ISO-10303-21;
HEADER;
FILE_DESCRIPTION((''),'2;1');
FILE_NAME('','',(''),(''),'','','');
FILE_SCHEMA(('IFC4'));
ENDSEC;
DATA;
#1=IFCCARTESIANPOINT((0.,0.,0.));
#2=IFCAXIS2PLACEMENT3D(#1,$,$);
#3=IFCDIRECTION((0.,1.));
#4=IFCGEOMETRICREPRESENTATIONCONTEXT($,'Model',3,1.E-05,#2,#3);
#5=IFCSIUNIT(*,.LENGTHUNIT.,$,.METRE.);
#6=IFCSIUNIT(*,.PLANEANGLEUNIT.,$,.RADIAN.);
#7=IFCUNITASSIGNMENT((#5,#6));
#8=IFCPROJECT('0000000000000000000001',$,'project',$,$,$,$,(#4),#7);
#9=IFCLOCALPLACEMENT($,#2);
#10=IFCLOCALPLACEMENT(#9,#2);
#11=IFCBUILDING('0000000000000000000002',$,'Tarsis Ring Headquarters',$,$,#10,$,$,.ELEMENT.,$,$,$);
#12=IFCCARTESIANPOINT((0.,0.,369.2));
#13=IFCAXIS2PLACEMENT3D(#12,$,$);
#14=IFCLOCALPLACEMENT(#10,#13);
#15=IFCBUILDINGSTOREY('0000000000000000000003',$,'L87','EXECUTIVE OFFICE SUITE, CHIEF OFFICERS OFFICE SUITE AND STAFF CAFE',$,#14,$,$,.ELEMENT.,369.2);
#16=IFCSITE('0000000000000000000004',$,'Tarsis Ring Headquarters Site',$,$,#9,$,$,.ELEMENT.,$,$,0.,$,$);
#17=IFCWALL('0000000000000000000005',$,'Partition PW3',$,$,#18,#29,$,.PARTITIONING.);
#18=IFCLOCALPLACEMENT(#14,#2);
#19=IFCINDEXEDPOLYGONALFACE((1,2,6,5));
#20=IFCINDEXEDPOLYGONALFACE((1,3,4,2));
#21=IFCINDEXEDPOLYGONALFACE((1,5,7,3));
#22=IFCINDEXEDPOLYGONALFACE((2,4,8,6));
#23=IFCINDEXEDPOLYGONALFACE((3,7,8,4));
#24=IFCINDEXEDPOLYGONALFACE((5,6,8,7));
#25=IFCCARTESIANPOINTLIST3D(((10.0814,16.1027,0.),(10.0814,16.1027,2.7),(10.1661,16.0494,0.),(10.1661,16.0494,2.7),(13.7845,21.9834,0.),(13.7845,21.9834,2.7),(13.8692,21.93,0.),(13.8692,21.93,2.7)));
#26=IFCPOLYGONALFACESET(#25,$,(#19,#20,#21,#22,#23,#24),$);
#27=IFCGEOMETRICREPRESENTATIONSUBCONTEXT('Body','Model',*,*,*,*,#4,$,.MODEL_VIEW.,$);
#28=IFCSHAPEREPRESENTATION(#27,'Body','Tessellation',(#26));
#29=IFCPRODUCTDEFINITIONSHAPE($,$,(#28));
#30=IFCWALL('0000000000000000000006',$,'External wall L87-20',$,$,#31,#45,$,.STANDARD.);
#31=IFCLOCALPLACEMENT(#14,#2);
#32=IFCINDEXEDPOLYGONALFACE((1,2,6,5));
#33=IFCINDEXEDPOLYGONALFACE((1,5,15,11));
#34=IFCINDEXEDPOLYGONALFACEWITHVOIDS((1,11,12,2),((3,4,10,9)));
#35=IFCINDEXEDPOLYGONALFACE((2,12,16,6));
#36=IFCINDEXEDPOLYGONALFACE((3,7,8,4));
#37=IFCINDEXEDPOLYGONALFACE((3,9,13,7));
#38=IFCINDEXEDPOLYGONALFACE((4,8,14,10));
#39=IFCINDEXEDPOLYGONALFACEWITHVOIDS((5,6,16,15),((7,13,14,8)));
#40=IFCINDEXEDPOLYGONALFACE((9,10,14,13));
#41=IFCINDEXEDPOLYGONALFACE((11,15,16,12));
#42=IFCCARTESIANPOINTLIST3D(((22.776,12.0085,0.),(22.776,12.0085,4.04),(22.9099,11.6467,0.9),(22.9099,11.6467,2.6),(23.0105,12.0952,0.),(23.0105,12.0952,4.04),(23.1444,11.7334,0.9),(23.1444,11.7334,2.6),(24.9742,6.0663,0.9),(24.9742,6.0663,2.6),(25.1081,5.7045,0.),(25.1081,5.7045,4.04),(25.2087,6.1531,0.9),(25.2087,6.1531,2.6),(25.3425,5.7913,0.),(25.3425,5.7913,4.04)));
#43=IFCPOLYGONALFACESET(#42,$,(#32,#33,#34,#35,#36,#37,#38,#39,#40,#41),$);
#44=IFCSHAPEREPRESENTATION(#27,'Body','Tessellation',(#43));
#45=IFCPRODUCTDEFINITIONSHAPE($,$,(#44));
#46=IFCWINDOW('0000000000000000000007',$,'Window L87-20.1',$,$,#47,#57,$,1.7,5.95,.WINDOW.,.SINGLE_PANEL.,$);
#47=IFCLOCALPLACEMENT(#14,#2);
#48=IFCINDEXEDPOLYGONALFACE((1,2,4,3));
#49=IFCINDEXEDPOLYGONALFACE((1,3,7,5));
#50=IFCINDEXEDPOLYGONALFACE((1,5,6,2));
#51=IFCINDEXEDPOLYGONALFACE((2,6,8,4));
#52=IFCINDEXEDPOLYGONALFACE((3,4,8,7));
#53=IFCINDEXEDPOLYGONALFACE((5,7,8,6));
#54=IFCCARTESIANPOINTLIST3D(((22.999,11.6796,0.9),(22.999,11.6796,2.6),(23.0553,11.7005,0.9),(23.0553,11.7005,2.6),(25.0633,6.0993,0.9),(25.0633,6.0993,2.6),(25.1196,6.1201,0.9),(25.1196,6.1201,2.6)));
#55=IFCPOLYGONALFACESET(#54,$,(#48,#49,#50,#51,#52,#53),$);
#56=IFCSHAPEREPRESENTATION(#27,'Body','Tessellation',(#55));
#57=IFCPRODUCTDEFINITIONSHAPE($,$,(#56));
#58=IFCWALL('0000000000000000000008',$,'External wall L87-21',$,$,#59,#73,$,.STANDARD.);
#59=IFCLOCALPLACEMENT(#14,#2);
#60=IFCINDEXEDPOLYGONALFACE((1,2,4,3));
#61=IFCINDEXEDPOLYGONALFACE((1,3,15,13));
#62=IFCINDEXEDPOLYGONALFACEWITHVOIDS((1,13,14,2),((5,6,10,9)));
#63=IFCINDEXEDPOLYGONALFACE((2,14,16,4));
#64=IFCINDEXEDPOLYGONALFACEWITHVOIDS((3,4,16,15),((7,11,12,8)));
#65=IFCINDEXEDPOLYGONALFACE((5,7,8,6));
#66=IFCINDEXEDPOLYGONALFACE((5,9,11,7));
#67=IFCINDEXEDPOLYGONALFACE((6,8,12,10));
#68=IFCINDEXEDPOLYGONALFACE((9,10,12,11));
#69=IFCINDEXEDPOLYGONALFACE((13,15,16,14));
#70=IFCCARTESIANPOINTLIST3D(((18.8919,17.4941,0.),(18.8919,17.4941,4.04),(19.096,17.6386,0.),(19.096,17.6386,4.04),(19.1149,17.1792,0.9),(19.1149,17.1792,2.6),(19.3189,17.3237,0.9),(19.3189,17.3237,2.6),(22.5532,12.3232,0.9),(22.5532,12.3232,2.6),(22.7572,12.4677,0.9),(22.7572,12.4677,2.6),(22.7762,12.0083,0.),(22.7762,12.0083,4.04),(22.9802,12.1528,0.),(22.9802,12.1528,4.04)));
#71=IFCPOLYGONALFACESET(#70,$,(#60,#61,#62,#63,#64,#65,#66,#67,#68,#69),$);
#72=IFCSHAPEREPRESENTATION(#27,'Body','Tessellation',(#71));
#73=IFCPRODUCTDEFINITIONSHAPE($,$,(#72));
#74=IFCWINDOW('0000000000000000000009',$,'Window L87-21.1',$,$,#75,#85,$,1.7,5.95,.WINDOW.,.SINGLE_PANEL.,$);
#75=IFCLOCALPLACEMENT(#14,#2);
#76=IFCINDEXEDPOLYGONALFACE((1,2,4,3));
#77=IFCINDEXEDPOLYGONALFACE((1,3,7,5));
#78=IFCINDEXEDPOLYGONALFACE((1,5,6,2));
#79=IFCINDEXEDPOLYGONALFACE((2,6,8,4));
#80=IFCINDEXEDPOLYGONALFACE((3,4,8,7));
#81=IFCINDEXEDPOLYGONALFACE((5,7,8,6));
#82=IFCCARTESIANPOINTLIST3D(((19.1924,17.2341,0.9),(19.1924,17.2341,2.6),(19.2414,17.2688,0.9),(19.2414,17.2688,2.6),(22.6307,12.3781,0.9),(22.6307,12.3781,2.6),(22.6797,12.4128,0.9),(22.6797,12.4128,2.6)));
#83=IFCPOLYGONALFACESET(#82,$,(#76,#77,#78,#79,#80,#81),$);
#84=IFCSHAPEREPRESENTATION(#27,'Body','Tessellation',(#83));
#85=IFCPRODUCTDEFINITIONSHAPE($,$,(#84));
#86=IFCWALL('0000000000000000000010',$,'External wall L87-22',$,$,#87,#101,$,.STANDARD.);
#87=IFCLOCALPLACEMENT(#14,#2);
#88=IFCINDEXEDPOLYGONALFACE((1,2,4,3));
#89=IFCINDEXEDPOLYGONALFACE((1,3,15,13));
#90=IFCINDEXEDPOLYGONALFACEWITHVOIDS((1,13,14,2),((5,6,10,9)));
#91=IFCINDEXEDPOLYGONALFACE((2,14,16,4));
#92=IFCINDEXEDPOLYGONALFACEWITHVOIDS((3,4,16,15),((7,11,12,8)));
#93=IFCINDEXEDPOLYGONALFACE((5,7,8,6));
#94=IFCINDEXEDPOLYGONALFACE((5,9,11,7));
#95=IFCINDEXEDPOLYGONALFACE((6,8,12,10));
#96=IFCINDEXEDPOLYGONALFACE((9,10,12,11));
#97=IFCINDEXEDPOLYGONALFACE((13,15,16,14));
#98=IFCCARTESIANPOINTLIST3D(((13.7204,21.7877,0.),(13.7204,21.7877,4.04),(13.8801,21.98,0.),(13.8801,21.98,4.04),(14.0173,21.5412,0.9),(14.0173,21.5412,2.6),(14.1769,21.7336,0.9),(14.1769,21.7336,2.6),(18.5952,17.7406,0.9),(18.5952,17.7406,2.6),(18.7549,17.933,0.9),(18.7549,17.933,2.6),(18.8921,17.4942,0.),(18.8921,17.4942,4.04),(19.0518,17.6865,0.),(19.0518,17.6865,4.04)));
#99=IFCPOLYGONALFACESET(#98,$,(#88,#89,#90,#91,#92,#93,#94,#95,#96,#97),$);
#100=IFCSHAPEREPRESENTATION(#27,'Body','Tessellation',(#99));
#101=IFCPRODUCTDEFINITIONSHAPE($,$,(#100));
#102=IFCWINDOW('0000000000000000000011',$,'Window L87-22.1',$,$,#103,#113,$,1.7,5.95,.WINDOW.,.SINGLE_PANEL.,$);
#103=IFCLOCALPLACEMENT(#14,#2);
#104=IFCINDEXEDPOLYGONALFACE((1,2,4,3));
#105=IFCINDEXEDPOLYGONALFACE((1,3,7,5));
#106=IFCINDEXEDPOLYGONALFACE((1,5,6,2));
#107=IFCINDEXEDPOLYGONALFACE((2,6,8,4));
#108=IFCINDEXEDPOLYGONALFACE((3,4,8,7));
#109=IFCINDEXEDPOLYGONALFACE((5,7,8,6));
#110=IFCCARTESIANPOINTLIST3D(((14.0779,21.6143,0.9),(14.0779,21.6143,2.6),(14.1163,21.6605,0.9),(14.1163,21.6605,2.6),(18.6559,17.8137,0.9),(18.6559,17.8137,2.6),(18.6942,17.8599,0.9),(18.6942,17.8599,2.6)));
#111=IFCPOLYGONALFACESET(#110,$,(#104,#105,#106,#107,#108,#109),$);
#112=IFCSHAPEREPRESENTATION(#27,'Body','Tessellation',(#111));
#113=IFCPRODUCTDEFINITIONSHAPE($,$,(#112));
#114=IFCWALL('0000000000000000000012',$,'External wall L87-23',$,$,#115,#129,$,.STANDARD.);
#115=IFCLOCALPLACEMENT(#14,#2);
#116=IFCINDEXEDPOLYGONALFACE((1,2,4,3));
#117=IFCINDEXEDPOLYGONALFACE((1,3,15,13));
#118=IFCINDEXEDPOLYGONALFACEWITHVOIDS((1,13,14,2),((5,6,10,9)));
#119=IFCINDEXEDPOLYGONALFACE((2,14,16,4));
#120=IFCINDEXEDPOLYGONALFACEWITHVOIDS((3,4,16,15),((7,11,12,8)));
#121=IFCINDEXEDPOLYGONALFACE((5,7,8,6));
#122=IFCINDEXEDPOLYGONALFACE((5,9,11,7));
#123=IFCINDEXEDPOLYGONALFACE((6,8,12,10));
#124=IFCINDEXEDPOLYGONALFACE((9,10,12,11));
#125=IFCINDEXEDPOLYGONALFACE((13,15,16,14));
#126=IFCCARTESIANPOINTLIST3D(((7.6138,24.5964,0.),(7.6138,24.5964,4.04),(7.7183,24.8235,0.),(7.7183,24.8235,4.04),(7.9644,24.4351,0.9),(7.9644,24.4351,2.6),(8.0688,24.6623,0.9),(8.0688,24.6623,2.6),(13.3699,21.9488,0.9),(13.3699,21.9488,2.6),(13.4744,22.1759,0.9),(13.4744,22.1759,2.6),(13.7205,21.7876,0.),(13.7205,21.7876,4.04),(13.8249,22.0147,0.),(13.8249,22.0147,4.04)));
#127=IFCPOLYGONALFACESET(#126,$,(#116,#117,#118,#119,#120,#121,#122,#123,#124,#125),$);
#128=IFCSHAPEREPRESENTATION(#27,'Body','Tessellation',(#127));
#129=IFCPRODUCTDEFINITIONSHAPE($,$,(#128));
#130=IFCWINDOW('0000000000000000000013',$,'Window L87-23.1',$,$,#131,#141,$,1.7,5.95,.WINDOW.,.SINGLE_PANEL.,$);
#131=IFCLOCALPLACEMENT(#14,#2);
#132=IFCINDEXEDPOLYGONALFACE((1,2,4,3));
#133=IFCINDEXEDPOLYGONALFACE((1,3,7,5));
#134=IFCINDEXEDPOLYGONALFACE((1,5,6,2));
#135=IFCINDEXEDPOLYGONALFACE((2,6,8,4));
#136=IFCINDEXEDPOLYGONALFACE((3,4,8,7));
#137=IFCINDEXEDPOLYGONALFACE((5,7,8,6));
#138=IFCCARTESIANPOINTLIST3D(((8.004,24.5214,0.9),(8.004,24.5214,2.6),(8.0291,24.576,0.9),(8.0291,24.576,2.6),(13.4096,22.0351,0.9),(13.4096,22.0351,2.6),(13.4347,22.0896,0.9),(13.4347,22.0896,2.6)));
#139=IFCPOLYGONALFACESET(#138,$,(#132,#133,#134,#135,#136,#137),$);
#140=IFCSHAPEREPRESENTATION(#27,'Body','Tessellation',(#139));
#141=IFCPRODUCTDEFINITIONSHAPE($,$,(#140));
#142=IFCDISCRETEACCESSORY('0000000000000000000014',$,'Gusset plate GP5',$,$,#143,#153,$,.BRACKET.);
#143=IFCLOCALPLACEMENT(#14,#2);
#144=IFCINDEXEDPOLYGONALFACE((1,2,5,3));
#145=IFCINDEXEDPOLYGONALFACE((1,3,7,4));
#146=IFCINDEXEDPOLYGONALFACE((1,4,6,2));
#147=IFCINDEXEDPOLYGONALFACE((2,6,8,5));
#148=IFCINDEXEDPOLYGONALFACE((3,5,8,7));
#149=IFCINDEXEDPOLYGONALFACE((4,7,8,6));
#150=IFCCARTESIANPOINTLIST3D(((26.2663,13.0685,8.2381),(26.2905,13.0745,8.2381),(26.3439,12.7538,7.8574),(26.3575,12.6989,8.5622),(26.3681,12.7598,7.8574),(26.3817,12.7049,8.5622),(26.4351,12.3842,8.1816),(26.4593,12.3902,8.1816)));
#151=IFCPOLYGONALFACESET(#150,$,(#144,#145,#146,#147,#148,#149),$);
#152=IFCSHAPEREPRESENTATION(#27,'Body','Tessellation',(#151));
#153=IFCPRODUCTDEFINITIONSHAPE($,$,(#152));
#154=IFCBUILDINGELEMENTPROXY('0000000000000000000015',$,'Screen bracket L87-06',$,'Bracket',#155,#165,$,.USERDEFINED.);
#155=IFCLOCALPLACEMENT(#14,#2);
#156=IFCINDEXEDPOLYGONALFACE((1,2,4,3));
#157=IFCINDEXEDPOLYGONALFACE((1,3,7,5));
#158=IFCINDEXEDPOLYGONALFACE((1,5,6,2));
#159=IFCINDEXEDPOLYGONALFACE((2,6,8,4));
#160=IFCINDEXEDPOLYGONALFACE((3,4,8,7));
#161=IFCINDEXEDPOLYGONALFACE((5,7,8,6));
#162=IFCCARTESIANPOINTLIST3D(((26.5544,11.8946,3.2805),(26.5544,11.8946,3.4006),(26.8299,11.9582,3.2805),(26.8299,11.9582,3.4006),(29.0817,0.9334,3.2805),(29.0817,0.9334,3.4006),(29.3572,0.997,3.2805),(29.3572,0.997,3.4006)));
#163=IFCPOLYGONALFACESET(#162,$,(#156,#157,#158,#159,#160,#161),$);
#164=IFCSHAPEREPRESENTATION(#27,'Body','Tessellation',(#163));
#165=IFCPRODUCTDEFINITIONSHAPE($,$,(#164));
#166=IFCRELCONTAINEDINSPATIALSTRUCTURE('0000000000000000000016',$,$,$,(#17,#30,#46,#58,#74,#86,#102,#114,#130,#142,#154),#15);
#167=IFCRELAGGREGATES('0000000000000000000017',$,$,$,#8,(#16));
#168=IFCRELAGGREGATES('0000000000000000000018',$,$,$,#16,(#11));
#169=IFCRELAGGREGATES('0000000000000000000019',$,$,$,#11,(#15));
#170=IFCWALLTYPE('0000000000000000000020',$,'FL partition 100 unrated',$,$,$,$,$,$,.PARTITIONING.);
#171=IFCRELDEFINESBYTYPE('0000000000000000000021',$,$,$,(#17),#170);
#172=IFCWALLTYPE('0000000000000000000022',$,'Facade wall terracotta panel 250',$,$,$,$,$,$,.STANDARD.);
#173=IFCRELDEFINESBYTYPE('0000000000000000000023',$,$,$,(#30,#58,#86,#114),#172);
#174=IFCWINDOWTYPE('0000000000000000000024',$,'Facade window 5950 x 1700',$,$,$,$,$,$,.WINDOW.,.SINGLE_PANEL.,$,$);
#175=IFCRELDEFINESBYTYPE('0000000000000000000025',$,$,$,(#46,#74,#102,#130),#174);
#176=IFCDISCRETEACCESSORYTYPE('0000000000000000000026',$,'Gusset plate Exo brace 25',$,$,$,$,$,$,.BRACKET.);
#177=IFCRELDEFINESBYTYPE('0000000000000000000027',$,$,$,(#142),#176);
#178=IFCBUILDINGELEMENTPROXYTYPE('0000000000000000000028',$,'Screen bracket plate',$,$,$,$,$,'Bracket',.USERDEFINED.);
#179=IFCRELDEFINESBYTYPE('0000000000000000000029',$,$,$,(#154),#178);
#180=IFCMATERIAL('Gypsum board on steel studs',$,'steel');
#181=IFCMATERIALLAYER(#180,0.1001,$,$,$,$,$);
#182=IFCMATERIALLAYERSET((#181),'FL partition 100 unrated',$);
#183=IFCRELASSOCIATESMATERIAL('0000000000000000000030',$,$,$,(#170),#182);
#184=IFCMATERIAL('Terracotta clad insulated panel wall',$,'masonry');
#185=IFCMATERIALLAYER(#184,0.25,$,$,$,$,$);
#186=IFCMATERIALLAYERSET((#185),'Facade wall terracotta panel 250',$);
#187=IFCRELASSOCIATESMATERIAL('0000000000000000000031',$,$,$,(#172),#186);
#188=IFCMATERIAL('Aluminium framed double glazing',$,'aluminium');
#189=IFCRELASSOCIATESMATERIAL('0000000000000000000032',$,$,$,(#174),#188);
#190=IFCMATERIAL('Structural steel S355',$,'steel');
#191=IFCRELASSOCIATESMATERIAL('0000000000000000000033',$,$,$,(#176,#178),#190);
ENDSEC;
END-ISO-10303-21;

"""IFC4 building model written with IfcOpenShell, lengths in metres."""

from ifc_helpers import new_model, si_unit, direction, frame, frame_2d, origin, origin_2d, place, context, subcontext, project, spatial, rectangle, extrude, material, layer, layer_set, material_profile, profile_set, type_object, element, fill, save


model = new_model("IFC4")

# Units and contexts
model_context = context("Model", 3, precision=1e-05, world=origin(), true_north=direction((0.0, 1.0)))
body_context = subcontext(model_context, "Body", "Model", "MODEL_VIEW")
ifc_project = project(units=[si_unit("LENGTHUNIT", "METRE"), si_unit("PLANEANGLEUNIT", "RADIAN")], contexts=[model_context])

# Site, building, storey
site_placement = place(None, origin())
site = spatial("IfcSite", under=ifc_project, at=site_placement, Name="Tarsis Ring Headquarters Site", CompositionType="ELEMENT", RefElevation=0.0)
building_placement = place(site_placement, origin())
building = spatial("IfcBuilding", under=site, at=building_placement, Name="Tarsis Ring Headquarters", CompositionType="ELEMENT")
storey_placement = place(building_placement, frame((0.0, 0.0, 369.2)))
storey = spatial("IfcBuildingStorey", under=building, at=storey_placement, Name="L87", Description="EXECUTIVE OFFICE SUITE, CHIEF OFFICERS OFFICE SUITE AND STAFF CAFE", CompositionType="ELEMENT", Elevation=369.2)

# Shared definitions
ifc_material_1 = material(Name="Structural steel S355", Category="steel")

# Wall
ifc_material_2 = material(Name="Gypsum board on steel studs", Category="steel")
ifc_layer_1 = layer(ifc_material_2, 0.1001)
ifc_layer_set_1 = layer_set([ifc_layer_1], Name="FL partition 100 unrated")
wall_type_1 = type_object("IfcWallType", Name="FL partition 100 unrated", PredefinedType="PARTITIONING", material=ifc_layer_set_1)
wall_1_placement = place(storey_placement, frame((10.1238, 16.0762, 0.0), z_axis=(0.0, 0.0, 1.0), x_axis=(0.532866, 0.846199, 0.0)))
element("IfcWall", 1, at=wall_1_placement, inside=storey, type_object=wall_type_1, Name="Partition PW3", PredefinedType="PARTITIONING", context=body_context, shape_type="SweptSolid", body=[
    extrude(rectangle(XDim=6.9495, YDim=0.1001, at=frame_2d((3.4746, 0.0))), origin(), (0.0, 0.0, 1.0), 2.7),
])

# Walls, openings, windows
ifc_material_3 = material(Name="Terracotta clad insulated panel wall", Category="masonry")
ifc_layer_2 = layer(ifc_material_3, 0.25)
ifc_layer_set_2 = layer_set([ifc_layer_2], Name="Facade wall terracotta panel 250")
wall_type_2 = type_object("IfcWallType", Name="Facade wall terracotta panel 250", PredefinedType="STANDARD", material=ifc_layer_set_2)
wall_2_placement = place(storey_placement, frame((25.2253, 5.7478, 0.0), z_axis=(0.0, 0.0, 1.0), x_axis=(-0.346952, 0.937883, 0.0)))
wall_2 = element("IfcWall", 2, at=wall_2_placement, inside=storey, type_object=wall_type_2, Name="External wall L87-20", PredefinedType="STANDARD", context=body_context, shape_type="SweptSolid", body=[
    extrude(rectangle(XDim=6.7214, YDim=0.25, at=frame_2d((3.3608, 0.0))), origin(), (0.0, 0.0, 1.0), 4.04),
])
opening_1_placement = place(wall_2_placement, frame((0.3857, 0.0, 0.8999)))
opening_1 = element("IfcOpeningElement", 3, at=opening_1_placement, cuts=wall_2, PredefinedType="OPENING", context=body_context, shape_type="SweptSolid", body=[
    extrude(rectangle(XDim=5.95, YDim=1.7, at=frame_2d((2.9751, 0.8501))), frame((0.0, 0.135, 0.0), z_axis=(0.0, -1.0, 0.0), x_axis=(1.0, 0.0, 0.0)), (0.0, 0.0, 1.0), 0.27),
])
ifc_material_4 = material(Name="Aluminium framed double glazing", Category="aluminium")
window_type = type_object("IfcWindowType", Name="Facade window 5950 x 1700", PartitioningType="SINGLE_PANEL", PredefinedType="WINDOW", material=ifc_material_4)
window_1_placement = place(opening_1_placement, origin())
window_1 = element("IfcWindow", 4, at=window_1_placement, inside=storey, type_object=window_type, Name="Window L87-20.1", OverallHeight=1.7, OverallWidth=5.95, PartitioningType="SINGLE_PANEL", PredefinedType="WINDOW", context=body_context, shape_type="SweptSolid", body=[
    extrude(rectangle(XDim=5.95, YDim=1.7, at=frame_2d((2.9751, 0.8501))), frame((0.0, 0.03, 0.0), z_axis=(0.0, -1.0, 0.0), x_axis=(1.0, 0.0, 0.0)), (0.0, 0.0, 1.0), 0.0601),
])
fill(opening_1, window_1)
wall_3_placement = place(storey_placement, frame((22.8782, 12.0806, 0.0), z_axis=(0.0, 0.0, 1.0), x_axis=(-0.577866, 0.816132, 0.0)))
wall_3 = element("IfcWall", 5, at=wall_3_placement, inside=storey, type_object=wall_type_2, Name="External wall L87-21", PredefinedType="STANDARD", context=body_context, shape_type="SweptSolid", body=[
    extrude(rectangle(XDim=6.7217, YDim=0.25, at=frame_2d((3.3608, 0.0))), origin(), (0.0, 0.0, 1.0), 4.04),
])
opening_2_placement = place(wall_3_placement, frame((0.3857, 0.0, 0.8999)))
opening_2 = element("IfcOpeningElement", 6, at=opening_2_placement, cuts=wall_3, PredefinedType="OPENING", context=body_context, shape_type="SweptSolid", body=[
    extrude(rectangle(XDim=5.95, YDim=1.7, at=frame_2d((2.9751, 0.8501))), frame((0.0, 0.135, 0.0), z_axis=(0.0, -1.0, 0.0), x_axis=(1.0, 0.0, 0.0)), (0.0, 0.0, 1.0), 0.27),
])
window_2_placement = place(opening_2_placement, origin())
window_2 = element("IfcWindow", 7, at=window_2_placement, inside=storey, type_object=window_type, Name="Window L87-21.1", OverallHeight=1.7, OverallWidth=5.95, PartitioningType="SINGLE_PANEL", PredefinedType="WINDOW", context=body_context, shape_type="SweptSolid", body=[
    extrude(rectangle(XDim=5.95, YDim=1.7, at=frame_2d((2.9751, 0.8501))), frame((0.0, 0.03, 0.0), z_axis=(0.0, -1.0, 0.0), x_axis=(1.0, 0.0, 0.0)), (0.0, 0.0, 1.0), 0.0601),
])
fill(opening_2, window_2)
wall_4_placement = place(storey_placement, frame((18.9719, 17.5903, 0.0), z_axis=(0.0, 0.0, 1.0), x_axis=(-0.769408, 0.638758, 0.0)))
wall_4 = element("IfcWall", 8, at=wall_4_placement, inside=storey, type_object=wall_type_2, Name="External wall L87-22", PredefinedType="STANDARD", context=body_context, shape_type="SweptSolid", body=[
    extrude(rectangle(XDim=6.7217, YDim=0.25, at=frame_2d((3.3608, 0.0))), origin(), (0.0, 0.0, 1.0), 4.04),
])
opening_3_placement = place(wall_4_placement, frame((0.3857, 0.0, 0.8999)))
opening_3 = element("IfcOpeningElement", 9, at=opening_3_placement, cuts=wall_4, PredefinedType="OPENING", context=body_context, shape_type="SweptSolid", body=[
    extrude(rectangle(XDim=5.95, YDim=1.7, at=frame_2d((2.9751, 0.8501))), frame((0.0, 0.135, 0.0), z_axis=(0.0, -1.0, 0.0), x_axis=(1.0, 0.0, 0.0)), (0.0, 0.0, 1.0), 0.27),
])
window_3_placement = place(opening_3_placement, origin())
window_3 = element("IfcWindow", 10, at=window_3_placement, inside=storey, type_object=window_type, Name="Window L87-22.1", OverallHeight=1.7, OverallWidth=5.95, PartitioningType="SINGLE_PANEL", PredefinedType="WINDOW", context=body_context, shape_type="SweptSolid", body=[
    extrude(rectangle(XDim=5.95, YDim=1.7, at=frame_2d((2.9751, 0.8501))), frame((0.0, 0.03, 0.0), z_axis=(0.0, -1.0, 0.0), x_axis=(1.0, 0.0, 0.0)), (0.0, 0.0, 1.0), 0.0601),
])
fill(opening_3, window_3)
wall_5_placement = place(storey_placement, frame((13.7727, 21.9011, 0.0), z_axis=(0.0, 0.0, 1.0), x_axis=(-0.908504, 0.417876, 0.0)))
wall_5 = element("IfcWall", 11, at=wall_5_placement, inside=storey, type_object=wall_type_2, Name="External wall L87-23", PredefinedType="STANDARD", context=body_context, shape_type="SweptSolid", body=[
    extrude(rectangle(XDim=6.7217, YDim=0.25, at=frame_2d((3.3608, 0.0))), origin(), (0.0, 0.0, 1.0), 4.04),
])
opening_4_placement = place(wall_5_placement, frame((0.3857, 0.0, 0.8999)))
opening_4 = element("IfcOpeningElement", 12, at=opening_4_placement, cuts=wall_5, PredefinedType="OPENING", context=body_context, shape_type="SweptSolid", body=[
    extrude(rectangle(XDim=5.95, YDim=1.7, at=frame_2d((2.9751, 0.8501))), frame((0.0, 0.135, 0.0), z_axis=(0.0, -1.0, 0.0), x_axis=(1.0, 0.0, 0.0)), (0.0, 0.0, 1.0), 0.27),
])
window_4_placement = place(opening_4_placement, origin())
window_4 = element("IfcWindow", 13, at=window_4_placement, inside=storey, type_object=window_type, Name="Window L87-23.1", OverallHeight=1.7, OverallWidth=5.95, PartitioningType="SINGLE_PANEL", PredefinedType="WINDOW", context=body_context, shape_type="SweptSolid", body=[
    extrude(rectangle(XDim=5.95, YDim=1.7, at=frame_2d((2.9751, 0.8501))), frame((0.0, 0.03, 0.0), z_axis=(0.0, -1.0, 0.0), x_axis=(1.0, 0.0, 0.0)), (0.0, 0.0, 1.0), 0.0601),
])
fill(opening_4, window_4)

# Discrete accessory
ifc_material_profile_1 = material_profile(ifc_material_1, rectangle(XDim=0.0249, YDim=0.5, at=origin_2d()), Name="PL 25x500")
ifc_profile_set_1 = profile_set([ifc_material_profile_1], Name="Structural steel S355")
discrete_accessory_type = type_object("IfcDiscreteAccessoryType", Name="Gusset plate Exo brace 25", PredefinedType="BRACKET", material=ifc_profile_set_1)
discrete_accessory_placement = place(storey_placement, frame((26.324, 12.8867, 8.4001), z_axis=(0.155295, -0.629483, -0.761337), x_axis=(0.970891, 0.239522, 0.0)))
element("IfcDiscreteAccessory", 14, at=discrete_accessory_placement, inside=storey, type_object=discrete_accessory_type, Name="Gusset plate GP5", PredefinedType="BRACKET", context=body_context, shape_type="SweptSolid", body=[
    extrude(rectangle(XDim=0.0249, YDim=0.5, at=origin_2d()), origin(), (0.0, 0.0, 1.0), 0.5),
])

# Building element proxy
building_element_proxy_type = type_object("IfcBuildingElementProxyType", Name="Screen bracket plate", ElementType="Bracket", PredefinedType="USERDEFINED", material=ifc_material_1)
proxy_placement = place(storey_placement, frame((27.9558, 6.4458, 3.2805), z_axis=(0.0, 0.0, 1.0), x_axis=(-0.224675, 0.974434, 0.0)))
element("IfcBuildingElementProxy", 15, at=proxy_placement, inside=storey, type_object=building_element_proxy_type, Name="Screen bracket L87-06", ObjectType="Bracket", PredefinedType="USERDEFINED", context=body_context, shape_type="SweptSolid", body=[
    extrude(rectangle(XDim=11.2488, YDim=0.2827, at=origin_2d()), origin(), (0.0, 0.0, 1.0), 0.1201),
])

save(model, "model.ifc")
